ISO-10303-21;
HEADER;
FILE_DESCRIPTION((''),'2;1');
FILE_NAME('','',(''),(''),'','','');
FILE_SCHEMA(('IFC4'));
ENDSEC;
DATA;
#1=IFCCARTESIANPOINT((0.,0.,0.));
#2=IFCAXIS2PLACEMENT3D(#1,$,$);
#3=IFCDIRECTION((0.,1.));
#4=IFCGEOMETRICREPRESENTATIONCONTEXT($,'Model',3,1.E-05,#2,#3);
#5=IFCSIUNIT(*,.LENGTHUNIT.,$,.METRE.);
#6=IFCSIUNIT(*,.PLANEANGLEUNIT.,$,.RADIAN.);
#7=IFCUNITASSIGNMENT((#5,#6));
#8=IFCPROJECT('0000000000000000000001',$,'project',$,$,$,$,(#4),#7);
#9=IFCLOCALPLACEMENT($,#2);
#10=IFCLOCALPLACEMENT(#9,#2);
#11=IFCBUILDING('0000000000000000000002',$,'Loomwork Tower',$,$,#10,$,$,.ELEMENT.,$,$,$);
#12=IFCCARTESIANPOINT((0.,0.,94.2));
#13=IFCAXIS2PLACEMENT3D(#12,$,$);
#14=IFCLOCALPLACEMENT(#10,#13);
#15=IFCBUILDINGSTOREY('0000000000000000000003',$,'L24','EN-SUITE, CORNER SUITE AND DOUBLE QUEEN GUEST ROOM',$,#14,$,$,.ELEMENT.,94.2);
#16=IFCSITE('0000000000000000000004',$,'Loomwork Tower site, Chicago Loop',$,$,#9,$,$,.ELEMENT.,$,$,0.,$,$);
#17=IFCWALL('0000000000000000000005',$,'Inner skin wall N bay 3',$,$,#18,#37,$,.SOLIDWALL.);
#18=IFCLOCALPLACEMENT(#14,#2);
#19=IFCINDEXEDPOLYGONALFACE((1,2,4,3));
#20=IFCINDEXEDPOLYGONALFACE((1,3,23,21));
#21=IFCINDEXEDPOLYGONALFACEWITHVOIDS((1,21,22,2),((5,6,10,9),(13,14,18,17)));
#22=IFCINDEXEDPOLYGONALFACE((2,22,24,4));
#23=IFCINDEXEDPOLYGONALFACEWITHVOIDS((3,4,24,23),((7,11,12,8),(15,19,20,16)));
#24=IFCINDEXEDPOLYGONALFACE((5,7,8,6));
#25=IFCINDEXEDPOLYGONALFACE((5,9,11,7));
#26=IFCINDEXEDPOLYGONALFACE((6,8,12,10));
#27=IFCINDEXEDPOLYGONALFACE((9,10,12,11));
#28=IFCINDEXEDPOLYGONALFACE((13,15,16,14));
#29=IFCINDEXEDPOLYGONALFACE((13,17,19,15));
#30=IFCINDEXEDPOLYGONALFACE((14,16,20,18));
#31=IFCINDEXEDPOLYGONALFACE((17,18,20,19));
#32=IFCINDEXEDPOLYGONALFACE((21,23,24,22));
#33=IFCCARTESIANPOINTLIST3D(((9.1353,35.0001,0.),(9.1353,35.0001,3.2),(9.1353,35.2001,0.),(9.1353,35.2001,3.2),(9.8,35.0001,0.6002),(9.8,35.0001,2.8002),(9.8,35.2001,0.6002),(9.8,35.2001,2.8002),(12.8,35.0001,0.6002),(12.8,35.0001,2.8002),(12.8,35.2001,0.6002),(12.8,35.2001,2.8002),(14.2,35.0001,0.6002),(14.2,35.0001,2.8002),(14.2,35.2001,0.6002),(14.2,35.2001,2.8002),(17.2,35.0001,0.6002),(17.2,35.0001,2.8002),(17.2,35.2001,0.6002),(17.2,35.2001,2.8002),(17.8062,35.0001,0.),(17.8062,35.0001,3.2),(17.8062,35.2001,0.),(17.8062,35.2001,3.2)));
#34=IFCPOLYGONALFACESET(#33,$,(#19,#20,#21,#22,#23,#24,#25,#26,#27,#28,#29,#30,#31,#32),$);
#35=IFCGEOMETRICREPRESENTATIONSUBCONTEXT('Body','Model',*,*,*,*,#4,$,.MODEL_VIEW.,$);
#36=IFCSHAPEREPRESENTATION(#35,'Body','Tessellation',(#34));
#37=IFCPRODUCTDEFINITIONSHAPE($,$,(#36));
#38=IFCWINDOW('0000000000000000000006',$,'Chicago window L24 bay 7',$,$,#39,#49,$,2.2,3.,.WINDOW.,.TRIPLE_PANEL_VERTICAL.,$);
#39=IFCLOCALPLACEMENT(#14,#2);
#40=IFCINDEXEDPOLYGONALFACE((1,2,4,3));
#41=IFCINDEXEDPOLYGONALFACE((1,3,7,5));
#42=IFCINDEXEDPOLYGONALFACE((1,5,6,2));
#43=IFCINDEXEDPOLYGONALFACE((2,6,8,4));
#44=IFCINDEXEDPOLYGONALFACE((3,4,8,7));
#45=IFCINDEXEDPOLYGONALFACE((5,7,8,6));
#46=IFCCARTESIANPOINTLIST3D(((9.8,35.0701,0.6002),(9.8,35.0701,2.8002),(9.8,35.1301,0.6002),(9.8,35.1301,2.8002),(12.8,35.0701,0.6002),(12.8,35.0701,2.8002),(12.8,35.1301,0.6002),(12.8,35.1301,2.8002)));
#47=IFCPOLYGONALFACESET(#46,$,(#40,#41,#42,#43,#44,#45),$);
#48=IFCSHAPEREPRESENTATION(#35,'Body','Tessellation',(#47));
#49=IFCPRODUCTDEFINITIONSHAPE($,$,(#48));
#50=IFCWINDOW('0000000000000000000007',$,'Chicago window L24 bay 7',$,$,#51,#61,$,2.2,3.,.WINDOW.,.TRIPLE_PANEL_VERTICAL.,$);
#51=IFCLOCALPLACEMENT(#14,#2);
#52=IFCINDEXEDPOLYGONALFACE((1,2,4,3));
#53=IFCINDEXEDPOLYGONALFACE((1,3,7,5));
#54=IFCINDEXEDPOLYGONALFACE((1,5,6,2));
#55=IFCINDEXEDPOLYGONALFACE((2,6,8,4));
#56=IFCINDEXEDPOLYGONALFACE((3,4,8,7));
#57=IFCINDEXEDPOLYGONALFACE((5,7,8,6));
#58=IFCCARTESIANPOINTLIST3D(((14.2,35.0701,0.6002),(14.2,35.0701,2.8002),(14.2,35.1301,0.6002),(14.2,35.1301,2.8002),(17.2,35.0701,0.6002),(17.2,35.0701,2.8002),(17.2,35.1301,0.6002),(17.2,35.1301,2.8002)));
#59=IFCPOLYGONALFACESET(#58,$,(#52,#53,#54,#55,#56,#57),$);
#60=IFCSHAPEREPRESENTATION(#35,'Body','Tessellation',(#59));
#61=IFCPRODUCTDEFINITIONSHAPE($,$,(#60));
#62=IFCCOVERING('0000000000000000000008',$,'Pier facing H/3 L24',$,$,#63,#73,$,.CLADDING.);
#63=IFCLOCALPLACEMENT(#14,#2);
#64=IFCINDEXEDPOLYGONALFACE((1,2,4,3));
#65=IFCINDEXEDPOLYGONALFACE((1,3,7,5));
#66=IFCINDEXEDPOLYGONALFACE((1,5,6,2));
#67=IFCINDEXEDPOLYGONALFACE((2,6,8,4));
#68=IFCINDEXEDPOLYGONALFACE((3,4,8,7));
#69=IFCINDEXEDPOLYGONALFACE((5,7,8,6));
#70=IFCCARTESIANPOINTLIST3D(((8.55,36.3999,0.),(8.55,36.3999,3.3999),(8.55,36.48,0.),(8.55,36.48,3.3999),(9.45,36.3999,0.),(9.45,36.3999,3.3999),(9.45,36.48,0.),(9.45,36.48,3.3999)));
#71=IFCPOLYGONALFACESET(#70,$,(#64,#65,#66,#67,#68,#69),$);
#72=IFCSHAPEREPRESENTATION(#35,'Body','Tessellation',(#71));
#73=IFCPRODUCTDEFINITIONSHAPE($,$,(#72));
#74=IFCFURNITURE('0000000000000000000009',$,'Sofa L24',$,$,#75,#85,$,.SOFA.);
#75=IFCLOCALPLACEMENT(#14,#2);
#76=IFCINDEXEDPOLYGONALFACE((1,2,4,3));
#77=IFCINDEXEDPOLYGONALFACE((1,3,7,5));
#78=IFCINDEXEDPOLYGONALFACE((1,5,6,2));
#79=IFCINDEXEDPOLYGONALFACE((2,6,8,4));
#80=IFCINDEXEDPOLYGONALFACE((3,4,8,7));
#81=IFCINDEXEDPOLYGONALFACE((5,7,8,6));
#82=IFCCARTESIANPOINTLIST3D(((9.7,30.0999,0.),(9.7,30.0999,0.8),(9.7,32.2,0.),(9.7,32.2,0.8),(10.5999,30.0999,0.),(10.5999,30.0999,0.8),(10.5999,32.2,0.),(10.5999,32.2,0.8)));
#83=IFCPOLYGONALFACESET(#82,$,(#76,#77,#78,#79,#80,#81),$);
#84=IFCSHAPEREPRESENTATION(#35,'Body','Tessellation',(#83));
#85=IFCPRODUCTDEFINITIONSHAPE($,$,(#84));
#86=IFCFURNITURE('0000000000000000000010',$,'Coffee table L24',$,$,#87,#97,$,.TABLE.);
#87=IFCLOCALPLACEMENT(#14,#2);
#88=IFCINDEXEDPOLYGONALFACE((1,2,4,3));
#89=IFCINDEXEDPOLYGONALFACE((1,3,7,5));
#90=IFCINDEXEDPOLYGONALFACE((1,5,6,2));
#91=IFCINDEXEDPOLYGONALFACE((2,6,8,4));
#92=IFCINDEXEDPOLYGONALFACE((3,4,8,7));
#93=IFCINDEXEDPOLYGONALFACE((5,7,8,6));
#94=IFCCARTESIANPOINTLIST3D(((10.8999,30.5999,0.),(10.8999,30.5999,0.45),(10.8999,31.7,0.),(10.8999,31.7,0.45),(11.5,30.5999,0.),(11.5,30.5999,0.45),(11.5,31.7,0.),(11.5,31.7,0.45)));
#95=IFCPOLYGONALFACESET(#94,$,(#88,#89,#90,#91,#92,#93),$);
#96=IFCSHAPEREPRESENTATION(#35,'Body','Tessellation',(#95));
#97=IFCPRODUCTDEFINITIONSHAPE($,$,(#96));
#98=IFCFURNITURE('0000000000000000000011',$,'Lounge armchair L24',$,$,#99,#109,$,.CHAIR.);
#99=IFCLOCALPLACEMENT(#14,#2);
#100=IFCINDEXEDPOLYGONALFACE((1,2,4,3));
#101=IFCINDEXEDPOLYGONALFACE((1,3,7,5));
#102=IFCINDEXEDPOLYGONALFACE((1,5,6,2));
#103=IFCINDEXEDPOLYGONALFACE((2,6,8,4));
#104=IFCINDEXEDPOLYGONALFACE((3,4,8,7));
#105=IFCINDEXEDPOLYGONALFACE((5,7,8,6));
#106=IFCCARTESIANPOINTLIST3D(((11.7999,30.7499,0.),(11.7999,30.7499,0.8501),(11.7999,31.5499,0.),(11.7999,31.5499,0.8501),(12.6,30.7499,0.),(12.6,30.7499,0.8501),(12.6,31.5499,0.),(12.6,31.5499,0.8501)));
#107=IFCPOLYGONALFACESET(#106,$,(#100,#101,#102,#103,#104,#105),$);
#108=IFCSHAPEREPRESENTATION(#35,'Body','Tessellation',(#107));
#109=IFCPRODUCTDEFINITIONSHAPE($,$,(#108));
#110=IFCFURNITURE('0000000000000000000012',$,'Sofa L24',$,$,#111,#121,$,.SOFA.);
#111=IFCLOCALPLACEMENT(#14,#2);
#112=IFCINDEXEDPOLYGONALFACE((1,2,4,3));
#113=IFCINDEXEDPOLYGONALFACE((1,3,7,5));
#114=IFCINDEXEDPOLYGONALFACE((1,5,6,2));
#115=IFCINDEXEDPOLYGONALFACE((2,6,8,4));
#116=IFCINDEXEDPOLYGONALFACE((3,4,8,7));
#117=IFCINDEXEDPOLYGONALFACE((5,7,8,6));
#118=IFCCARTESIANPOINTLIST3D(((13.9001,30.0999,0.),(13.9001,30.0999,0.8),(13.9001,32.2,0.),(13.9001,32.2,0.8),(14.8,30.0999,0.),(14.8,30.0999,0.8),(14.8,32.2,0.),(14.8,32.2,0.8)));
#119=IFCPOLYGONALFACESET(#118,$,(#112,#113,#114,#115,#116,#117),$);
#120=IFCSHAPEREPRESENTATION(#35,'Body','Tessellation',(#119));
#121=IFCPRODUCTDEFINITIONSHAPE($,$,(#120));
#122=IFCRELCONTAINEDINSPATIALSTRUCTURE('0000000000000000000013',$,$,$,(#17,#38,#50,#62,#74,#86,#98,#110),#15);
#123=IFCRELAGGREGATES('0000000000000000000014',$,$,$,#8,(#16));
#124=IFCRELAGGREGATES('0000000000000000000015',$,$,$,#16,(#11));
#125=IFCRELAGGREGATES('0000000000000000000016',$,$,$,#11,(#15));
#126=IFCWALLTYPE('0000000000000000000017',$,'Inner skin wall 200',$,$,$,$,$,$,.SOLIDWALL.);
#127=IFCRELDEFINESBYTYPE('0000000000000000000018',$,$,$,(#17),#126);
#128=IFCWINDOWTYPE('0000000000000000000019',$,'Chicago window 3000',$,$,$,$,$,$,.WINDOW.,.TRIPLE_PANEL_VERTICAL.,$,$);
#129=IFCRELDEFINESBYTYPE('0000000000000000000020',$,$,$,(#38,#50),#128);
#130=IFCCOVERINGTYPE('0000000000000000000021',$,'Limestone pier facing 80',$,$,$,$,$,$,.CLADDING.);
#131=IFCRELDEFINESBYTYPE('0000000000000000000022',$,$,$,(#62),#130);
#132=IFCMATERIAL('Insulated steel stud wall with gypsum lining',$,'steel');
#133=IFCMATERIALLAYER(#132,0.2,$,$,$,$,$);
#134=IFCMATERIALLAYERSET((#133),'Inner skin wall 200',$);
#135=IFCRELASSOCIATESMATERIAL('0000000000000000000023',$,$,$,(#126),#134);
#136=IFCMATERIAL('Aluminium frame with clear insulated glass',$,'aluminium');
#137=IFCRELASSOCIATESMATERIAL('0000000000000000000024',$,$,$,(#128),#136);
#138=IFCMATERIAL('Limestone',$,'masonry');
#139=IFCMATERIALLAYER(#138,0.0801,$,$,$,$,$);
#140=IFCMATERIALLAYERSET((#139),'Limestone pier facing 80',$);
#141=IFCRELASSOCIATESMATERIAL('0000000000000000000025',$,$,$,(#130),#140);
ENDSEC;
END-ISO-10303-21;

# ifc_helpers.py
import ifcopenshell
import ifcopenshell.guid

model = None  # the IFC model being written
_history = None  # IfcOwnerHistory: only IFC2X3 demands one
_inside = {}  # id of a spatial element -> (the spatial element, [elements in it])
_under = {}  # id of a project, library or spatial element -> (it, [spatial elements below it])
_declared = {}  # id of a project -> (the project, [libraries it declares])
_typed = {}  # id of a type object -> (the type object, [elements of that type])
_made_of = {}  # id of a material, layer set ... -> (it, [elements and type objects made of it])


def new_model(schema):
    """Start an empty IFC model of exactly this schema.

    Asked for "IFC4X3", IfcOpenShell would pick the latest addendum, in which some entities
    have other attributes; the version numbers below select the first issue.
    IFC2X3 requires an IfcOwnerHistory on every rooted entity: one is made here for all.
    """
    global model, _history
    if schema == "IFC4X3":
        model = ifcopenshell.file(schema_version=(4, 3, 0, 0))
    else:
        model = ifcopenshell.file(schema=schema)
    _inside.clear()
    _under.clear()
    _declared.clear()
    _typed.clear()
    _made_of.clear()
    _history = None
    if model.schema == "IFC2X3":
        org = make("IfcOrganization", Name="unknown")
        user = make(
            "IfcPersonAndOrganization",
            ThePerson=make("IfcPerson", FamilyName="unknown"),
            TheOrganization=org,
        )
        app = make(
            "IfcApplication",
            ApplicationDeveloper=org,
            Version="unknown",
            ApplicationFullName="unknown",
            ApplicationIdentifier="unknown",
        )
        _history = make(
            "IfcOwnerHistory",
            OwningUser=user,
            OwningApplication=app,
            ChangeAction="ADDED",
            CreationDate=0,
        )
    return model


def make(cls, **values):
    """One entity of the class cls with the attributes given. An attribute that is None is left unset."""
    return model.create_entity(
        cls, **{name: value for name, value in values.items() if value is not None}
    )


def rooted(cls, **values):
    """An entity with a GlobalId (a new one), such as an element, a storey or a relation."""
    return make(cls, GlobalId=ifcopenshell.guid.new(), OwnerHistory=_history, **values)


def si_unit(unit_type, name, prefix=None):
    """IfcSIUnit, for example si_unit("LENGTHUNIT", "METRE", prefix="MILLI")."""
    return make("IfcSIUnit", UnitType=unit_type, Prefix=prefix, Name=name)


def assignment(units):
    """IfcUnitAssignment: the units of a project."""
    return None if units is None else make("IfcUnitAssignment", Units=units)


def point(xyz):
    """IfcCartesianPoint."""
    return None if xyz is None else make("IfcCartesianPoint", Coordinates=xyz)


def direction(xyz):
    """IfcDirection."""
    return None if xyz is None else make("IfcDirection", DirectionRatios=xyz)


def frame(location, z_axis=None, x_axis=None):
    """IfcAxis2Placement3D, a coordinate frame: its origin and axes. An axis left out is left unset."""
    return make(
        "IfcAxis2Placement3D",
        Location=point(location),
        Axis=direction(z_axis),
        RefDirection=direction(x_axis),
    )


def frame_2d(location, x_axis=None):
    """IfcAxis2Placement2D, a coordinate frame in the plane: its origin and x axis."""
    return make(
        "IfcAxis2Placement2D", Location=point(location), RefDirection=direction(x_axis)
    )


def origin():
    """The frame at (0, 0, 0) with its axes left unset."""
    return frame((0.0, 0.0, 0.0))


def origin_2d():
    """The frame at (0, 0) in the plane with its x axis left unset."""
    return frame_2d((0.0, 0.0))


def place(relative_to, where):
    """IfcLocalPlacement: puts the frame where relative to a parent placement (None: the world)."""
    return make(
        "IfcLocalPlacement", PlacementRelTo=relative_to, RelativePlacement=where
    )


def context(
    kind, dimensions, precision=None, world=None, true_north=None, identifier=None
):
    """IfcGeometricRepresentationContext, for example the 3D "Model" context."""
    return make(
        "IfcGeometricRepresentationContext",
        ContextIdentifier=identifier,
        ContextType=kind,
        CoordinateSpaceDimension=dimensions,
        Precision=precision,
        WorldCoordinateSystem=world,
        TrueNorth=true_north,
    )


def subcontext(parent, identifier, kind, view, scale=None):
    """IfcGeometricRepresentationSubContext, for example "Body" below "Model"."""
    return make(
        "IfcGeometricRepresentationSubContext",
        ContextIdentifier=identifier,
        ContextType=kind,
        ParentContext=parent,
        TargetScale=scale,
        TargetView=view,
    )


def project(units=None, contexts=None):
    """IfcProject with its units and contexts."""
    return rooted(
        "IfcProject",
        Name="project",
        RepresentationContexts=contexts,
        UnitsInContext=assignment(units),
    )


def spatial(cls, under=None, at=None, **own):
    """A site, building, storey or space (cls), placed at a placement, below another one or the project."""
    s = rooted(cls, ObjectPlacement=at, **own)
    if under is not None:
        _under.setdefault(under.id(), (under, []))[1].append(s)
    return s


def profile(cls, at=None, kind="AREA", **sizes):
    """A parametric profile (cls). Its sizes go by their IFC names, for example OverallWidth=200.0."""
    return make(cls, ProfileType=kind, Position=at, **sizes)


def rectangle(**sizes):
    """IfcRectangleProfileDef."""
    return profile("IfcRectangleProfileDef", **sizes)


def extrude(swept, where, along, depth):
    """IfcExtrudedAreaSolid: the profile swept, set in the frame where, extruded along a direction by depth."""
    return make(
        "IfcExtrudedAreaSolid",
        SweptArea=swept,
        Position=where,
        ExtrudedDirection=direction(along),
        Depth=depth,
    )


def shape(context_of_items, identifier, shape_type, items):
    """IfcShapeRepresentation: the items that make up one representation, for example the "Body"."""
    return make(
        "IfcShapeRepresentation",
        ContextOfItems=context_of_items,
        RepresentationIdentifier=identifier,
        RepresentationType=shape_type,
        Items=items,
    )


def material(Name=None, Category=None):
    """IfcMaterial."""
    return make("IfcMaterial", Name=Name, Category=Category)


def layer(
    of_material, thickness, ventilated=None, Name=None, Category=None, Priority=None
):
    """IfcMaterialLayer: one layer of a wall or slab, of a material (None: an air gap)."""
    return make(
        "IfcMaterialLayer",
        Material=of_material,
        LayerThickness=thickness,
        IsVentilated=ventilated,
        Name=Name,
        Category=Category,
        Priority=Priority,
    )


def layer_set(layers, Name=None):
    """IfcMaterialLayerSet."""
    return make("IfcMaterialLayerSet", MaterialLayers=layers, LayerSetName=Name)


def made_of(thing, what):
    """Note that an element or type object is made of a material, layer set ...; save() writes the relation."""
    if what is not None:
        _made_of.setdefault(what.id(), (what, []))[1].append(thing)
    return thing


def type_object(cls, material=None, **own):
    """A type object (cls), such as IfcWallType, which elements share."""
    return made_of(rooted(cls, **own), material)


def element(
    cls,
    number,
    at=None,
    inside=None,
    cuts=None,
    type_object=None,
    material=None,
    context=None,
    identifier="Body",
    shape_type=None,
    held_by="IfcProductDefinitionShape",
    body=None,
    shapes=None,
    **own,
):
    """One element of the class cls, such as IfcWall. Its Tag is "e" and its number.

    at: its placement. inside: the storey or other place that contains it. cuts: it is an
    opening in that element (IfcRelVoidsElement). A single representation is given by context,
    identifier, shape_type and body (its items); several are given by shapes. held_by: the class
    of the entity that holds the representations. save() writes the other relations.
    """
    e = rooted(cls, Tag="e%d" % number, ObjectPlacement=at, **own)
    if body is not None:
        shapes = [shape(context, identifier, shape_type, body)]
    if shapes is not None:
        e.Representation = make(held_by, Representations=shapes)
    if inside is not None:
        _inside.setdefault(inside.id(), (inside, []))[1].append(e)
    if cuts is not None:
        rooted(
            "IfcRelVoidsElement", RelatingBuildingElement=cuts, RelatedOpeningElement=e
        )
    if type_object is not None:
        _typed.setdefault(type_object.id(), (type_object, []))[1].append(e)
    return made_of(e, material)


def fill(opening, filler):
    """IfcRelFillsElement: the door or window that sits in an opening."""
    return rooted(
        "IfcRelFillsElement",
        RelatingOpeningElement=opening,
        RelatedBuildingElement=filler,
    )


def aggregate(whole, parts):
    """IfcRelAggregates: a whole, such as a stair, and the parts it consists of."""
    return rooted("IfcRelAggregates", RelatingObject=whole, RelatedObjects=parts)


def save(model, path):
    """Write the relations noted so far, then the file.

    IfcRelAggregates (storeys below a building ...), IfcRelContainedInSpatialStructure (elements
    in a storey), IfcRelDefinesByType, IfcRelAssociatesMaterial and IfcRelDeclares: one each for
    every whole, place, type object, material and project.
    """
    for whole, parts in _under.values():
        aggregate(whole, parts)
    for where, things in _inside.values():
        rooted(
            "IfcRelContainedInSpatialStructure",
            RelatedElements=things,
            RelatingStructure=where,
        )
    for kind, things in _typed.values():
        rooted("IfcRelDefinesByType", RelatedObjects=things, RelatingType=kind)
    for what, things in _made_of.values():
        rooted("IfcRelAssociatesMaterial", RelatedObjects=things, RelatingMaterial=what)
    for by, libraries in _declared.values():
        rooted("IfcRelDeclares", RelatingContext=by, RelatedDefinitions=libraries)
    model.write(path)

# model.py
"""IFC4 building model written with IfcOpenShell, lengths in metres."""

from ifc_helpers import new_model, si_unit, direction, frame, frame_2d, origin, origin_2d, place, context, subcontext, project, spatial, rectangle, extrude, material, layer, layer_set, type_object, element, fill, save


model = new_model("IFC4")

# Units and contexts
model_context = context("Model", 3, precision=1e-05, world=origin(), true_north=direction((0.0, 1.0)))
body_context = subcontext(model_context, "Body", "Model", "MODEL_VIEW")
ifc_project = project(units=[si_unit("LENGTHUNIT", "METRE"), si_unit("PLANEANGLEUNIT", "RADIAN")], contexts=[model_context])

# Site, building, storey
site_placement = place(None, origin())
site = spatial("IfcSite", under=ifc_project, at=site_placement, Name="Loomwork Tower site, Chicago Loop", CompositionType="ELEMENT", RefElevation=0.0)
building_placement = place(site_placement, origin())
building = spatial("IfcBuilding", under=site, at=building_placement, Name="Loomwork Tower", CompositionType="ELEMENT")
storey_placement = place(building_placement, frame((0.0, 0.0, 94.2)))
storey = spatial("IfcBuildingStorey", under=building, at=storey_placement, Name="L24", Description="EN-SUITE, CORNER SUITE AND DOUBLE QUEEN GUEST ROOM", CompositionType="ELEMENT", Elevation=94.2)

# Shared definitions
ifc_material_1 = material(Name="Insulated steel stud wall with gypsum lining", Category="steel")
ifc_layer_1 = layer(ifc_material_1, 0.2)
ifc_layer_set_1 = layer_set([ifc_layer_1], Name="Inner skin wall 200")
wall_type_1 = type_object("IfcWallType", Name="Inner skin wall 200", PredefinedType="SOLIDWALL", material=ifc_layer_set_1)

# Wall, openings, windows
wall_1_placement = place(storey_placement, frame((9.1353, 35.1001, 0.0), z_axis=(0.0, 0.0, 1.0), x_axis=(1.0, 0.0, 0.0)))
wall_1 = element("IfcWall", 1, at=wall_1_placement, inside=storey, type_object=wall_type_1, Name="Inner skin wall N bay 3", PredefinedType="SOLIDWALL", context=body_context, shape_type="SweptSolid", body=[
    extrude(rectangle(XDim=8.6709, YDim=0.2, at=frame_2d((4.3354, 0.0))), origin(), (0.0, 0.0, 1.0), 3.2),
])
opening_1_placement = place(wall_1_placement, frame((0.6648, 0.0, 0.6001)))
opening_1 = element("IfcOpeningElement", 2, at=opening_1_placement, cuts=wall_1, PredefinedType="OPENING", context=body_context, shape_type="SweptSolid", body=[
    extrude(rectangle(XDim=3.0, YDim=2.2, at=frame_2d((1.5, 1.1001))), frame((0.0, 0.1099, 0.0), z_axis=(0.0, -1.0, 0.0), x_axis=(1.0, 0.0, 0.0)), (0.0, 0.0, 1.0), 0.22),
])
opening_2_placement = place(wall_1_placement, frame((5.0647, 0.0, 0.6001)))
opening_2 = element("IfcOpeningElement", 3, at=opening_2_placement, cuts=wall_1, PredefinedType="OPENING", context=body_context, shape_type="SweptSolid", body=[
    extrude(rectangle(XDim=3.0, YDim=2.2, at=frame_2d((1.5, 1.1001))), frame((0.0, 0.1099, 0.0), z_axis=(0.0, -1.0, 0.0), x_axis=(1.0, 0.0, 0.0)), (0.0, 0.0, 1.0), 0.22),
])
ifc_material_2 = material(Name="Aluminium frame with clear insulated glass", Category="aluminium")
window_type = type_object("IfcWindowType", Name="Chicago window 3000", PartitioningType="TRIPLE_PANEL_VERTICAL", PredefinedType="WINDOW", material=ifc_material_2)
window_1_placement = place(opening_1_placement, origin())
window_1 = element("IfcWindow", 4, at=window_1_placement, inside=storey, type_object=window_type, Name="Chicago window L24 bay 7", OverallHeight=2.2, OverallWidth=3.0, PartitioningType="TRIPLE_PANEL_VERTICAL", PredefinedType="WINDOW", context=body_context, shape_type="SweptSolid", body=[
    extrude(rectangle(XDim=3.0, YDim=2.2, at=frame_2d((1.5, 1.1001))), frame((0.0, 0.03, 0.0), z_axis=(0.0, -1.0, 0.0), x_axis=(1.0, 0.0, 0.0)), (0.0, 0.0, 1.0), 0.0601),
])
fill(opening_1, window_1)
window_2_placement = place(opening_2_placement, origin())
window_2 = element("IfcWindow", 5, at=window_2_placement, inside=storey, type_object=window_type, Name="Chicago window L24 bay 7", OverallHeight=2.2, OverallWidth=3.0, PartitioningType="TRIPLE_PANEL_VERTICAL", PredefinedType="WINDOW", context=body_context, shape_type="SweptSolid", body=[
    extrude(rectangle(XDim=3.0, YDim=2.2, at=frame_2d((1.5, 1.1001))), frame((0.0, 0.03, 0.0), z_axis=(0.0, -1.0, 0.0), x_axis=(1.0, 0.0, 0.0)), (0.0, 0.0, 1.0), 0.0601),
])
fill(opening_2, window_2)

# Covering
ifc_material_3 = material(Name="Limestone", Category="masonry")
ifc_layer_2 = layer(ifc_material_3, 0.0801)
ifc_layer_set_2 = layer_set([ifc_layer_2], Name="Limestone pier facing 80")
covering_type = type_object("IfcCoveringType", Name="Limestone pier facing 80", PredefinedType="CLADDING", material=ifc_layer_set_2)
covering_placement = place(storey_placement, frame((9.0, 36.4399, 0.0), z_axis=(0.0, 0.0, 1.0), x_axis=(1.0, 0.0, 0.0)))
element("IfcCovering", 6, at=covering_placement, inside=storey, type_object=covering_type, Name="Pier facing H/3 L24", PredefinedType="CLADDING", context=body_context, shape_type="SweptSolid", body=[
    extrude(rectangle(XDim=0.8999, YDim=0.0801, at=origin_2d()), origin(), (0.0, 0.0, 1.0), 3.3999),
])

# Furniture
furniture_1_placement = place(storey_placement, frame((10.1499, 31.1499, 0.0), z_axis=(0.0, 0.0, 1.0), x_axis=(1.0, 0.0, 0.0)))
element("IfcFurniture", 7, at=furniture_1_placement, inside=storey, Name="Sofa L24", PredefinedType="SOFA", context=body_context, shape_type="SweptSolid", body=[
    extrude(rectangle(XDim=0.8999, YDim=2.1001, at=origin_2d()), origin(), (0.0, 0.0, 1.0), 0.8),
])
furniture_2_placement = place(storey_placement, frame((11.2, 31.1499, 0.0), z_axis=(0.0, 0.0, 1.0), x_axis=(1.0, 0.0, 0.0)))
element("IfcFurniture", 8, at=furniture_2_placement, inside=storey, Name="Coffee table L24", PredefinedType="TABLE", context=body_context, shape_type="SweptSolid", body=[
    extrude(rectangle(XDim=0.6001, YDim=1.1001, at=origin_2d()), origin(), (0.0, 0.0, 1.0), 0.45),
])
furniture_3_placement = place(storey_placement, frame((12.2, 31.1499, 0.0), z_axis=(0.0, 0.0, 1.0), x_axis=(1.0, 0.0, 0.0)))
element("IfcFurniture", 9, at=furniture_3_placement, inside=storey, Name="Lounge armchair L24", PredefinedType="CHAIR", context=body_context, shape_type="SweptSolid", body=[
    extrude(rectangle(XDim=0.8, YDim=0.8, at=origin_2d()), origin(), (0.0, 0.0, 1.0), 0.8501),
])
furniture_4_placement = place(storey_placement, frame((14.3501, 31.1499, 0.0), z_axis=(0.0, 0.0, 1.0), x_axis=(1.0, 0.0, 0.0)))
element("IfcFurniture", 10, at=furniture_4_placement, inside=storey, Name="Sofa L24", PredefinedType="SOFA", context=body_context, shape_type="SweptSolid", body=[
    extrude(rectangle(XDim=0.8999, YDim=2.1001, at=origin_2d()), origin(), (0.0, 0.0, 1.0), 0.8),
])

save(model, "model.ifc")
